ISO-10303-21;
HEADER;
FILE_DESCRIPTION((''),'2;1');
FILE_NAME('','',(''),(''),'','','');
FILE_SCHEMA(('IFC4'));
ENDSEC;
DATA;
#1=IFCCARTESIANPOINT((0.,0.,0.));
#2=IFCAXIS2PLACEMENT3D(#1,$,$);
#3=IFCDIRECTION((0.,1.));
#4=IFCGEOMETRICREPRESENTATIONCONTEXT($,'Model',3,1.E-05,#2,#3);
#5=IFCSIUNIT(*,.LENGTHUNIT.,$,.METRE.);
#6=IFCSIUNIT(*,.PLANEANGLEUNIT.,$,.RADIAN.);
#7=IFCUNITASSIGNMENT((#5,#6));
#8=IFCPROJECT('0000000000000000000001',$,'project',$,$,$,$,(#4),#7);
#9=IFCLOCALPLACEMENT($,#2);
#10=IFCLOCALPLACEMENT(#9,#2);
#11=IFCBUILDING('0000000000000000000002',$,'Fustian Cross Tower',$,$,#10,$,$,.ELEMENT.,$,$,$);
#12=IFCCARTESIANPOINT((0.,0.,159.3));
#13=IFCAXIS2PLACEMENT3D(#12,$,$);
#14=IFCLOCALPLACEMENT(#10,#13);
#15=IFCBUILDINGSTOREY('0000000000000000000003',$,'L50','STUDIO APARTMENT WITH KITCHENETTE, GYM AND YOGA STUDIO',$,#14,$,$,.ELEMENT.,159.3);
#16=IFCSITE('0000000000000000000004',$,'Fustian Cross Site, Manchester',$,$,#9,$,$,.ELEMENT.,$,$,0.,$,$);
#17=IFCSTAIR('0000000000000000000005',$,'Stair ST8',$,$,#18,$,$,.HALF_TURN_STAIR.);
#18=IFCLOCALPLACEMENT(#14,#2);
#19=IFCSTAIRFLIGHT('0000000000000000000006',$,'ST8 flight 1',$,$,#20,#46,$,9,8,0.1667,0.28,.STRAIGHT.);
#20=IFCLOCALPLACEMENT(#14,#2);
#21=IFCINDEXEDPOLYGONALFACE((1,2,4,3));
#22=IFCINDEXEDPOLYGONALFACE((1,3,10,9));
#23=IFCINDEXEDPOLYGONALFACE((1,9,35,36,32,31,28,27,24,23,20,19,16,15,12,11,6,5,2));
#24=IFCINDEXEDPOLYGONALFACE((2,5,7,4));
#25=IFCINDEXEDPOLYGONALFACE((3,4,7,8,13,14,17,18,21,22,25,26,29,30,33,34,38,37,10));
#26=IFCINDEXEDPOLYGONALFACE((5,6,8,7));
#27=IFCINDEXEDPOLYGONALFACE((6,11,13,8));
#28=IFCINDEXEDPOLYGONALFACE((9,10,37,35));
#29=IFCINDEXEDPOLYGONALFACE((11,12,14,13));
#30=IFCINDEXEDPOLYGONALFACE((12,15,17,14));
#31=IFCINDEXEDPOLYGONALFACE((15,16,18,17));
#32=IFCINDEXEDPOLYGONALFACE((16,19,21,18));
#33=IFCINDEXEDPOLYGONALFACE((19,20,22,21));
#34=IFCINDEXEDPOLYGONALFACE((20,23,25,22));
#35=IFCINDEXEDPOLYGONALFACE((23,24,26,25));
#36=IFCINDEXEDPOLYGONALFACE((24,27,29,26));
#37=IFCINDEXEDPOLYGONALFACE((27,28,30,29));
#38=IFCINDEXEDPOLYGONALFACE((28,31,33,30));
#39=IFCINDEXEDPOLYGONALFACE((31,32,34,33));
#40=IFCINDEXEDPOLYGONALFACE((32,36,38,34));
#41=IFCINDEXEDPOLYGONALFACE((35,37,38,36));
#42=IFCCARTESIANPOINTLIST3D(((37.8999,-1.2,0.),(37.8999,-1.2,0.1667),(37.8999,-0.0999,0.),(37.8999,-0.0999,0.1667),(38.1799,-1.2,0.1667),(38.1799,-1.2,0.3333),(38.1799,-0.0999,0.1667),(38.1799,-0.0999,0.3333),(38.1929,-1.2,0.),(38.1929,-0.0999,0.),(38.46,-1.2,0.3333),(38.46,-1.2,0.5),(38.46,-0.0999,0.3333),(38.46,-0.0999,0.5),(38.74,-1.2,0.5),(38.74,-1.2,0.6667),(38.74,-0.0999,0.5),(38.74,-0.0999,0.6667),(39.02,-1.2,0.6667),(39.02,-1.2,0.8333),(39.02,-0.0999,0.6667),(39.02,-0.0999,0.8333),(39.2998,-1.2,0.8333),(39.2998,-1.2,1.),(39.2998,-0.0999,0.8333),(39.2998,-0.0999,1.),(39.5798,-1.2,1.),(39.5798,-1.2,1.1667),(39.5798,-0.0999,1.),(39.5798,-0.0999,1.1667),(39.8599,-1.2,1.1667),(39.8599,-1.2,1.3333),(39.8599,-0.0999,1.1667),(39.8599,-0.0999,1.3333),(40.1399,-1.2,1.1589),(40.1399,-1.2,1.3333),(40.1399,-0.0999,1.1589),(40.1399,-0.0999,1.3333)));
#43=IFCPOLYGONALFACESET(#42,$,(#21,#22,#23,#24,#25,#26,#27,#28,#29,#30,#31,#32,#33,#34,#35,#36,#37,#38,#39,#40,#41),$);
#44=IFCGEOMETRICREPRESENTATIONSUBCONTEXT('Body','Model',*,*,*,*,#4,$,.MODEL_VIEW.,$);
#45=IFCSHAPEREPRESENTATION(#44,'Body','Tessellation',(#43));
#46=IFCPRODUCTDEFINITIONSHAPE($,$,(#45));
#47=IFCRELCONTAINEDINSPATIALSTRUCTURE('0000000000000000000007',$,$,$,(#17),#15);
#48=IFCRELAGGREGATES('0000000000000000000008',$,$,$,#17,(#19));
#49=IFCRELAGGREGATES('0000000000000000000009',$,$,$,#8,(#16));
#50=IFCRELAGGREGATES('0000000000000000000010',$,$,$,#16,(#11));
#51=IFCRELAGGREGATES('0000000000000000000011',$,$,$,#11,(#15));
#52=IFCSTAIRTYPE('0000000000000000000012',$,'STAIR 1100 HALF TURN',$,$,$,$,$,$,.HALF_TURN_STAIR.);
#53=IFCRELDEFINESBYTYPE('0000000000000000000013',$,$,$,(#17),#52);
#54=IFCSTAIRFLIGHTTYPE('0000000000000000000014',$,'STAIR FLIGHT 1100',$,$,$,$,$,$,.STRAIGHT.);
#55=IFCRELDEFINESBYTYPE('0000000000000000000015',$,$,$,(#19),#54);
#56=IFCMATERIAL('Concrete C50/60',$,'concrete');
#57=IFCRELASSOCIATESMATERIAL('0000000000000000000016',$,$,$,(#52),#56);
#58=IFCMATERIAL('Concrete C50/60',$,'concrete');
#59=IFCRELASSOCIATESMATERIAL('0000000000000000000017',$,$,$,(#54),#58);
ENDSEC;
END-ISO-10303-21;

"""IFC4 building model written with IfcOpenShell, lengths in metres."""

from ifc_helpers import new_model, si_unit, direction, frame, origin, place, context, subcontext, project, spatial, polyline, outline, extrude, material, type_object, element, aggregate, save


model = new_model("IFC4")

# Units and contexts
model_context = context("Model", 3, precision=1e-05, world=origin(), true_north=direction((0.0, 1.0)))
body_context = subcontext(model_context, "Body", "Model", "MODEL_VIEW")
ifc_project = project(units=[si_unit("LENGTHUNIT", "METRE"), si_unit("PLANEANGLEUNIT", "RADIAN")], contexts=[model_context])

# Site, building, storey
site_placement = place(None, origin())
site = spatial("IfcSite", under=ifc_project, at=site_placement, Name="Fustian Cross Site, Manchester", CompositionType="ELEMENT", RefElevation=0.0)
building_placement = place(site_placement, origin())
building = spatial("IfcBuilding", under=site, at=building_placement, Name="Fustian Cross Tower", CompositionType="ELEMENT")
storey_placement = place(building_placement, frame((0.0, 0.0, 159.3)))
storey = spatial("IfcBuildingStorey", under=building, at=storey_placement, Name="L50", Description="STUDIO APARTMENT WITH KITCHENETTE, GYM AND YOGA STUDIO", CompositionType="ELEMENT", Elevation=159.3)

# Stair, stair flight
ifc_material_1 = material(Name="Concrete C50/60", Category="concrete")
stair_type = type_object("IfcStairType", Name="STAIR 1100 HALF TURN", PredefinedType="HALF_TURN_STAIR", material=ifc_material_1)
stair_placement = place(storey_placement, origin())
stair = element("IfcStair", 1, at=stair_placement, inside=storey, type_object=stair_type, Name="Stair ST8", PredefinedType="HALF_TURN_STAIR")
ifc_material_2 = material(Name="Concrete C50/60", Category="concrete")
stair_flight_type = type_object("IfcStairFlightType", Name="STAIR FLIGHT 1100", PredefinedType="STRAIGHT", material=ifc_material_2)
stair_flight_placement = place(storey_placement, frame((37.8999, -0.6499, 0.0), z_axis=(0.0, 0.0, 1.0), x_axis=(1.0, 0.0, 0.0)))
stair_flight = element("IfcStairFlight", 2, at=stair_flight_placement, type_object=stair_flight_type, Name="ST8 flight 1", NumberOfRisers=9, NumberOfTreads=8, PredefinedType="STRAIGHT", RiserHeight=0.1667, TreadLength=0.28, context=body_context, shape_type="SweptSolid", body=[
    extrude(outline(polyline([(0.0, 0.0), (0.0, 0.1667), (0.28, 0.1667), (0.28, 0.3333), (0.5601, 0.3333), (0.5601, 0.5), (0.8401, 0.5), (0.8401, 0.6667), (1.1201, 0.6667), (1.1201, 0.8333), (1.3999, 0.8333), (1.3999, 1.0), (1.6799, 1.0), (1.6799, 1.1667), (1.96, 1.1667), (1.96, 1.3333), (2.24, 1.3333), (2.24, 1.5), (2.24, 1.1589), (0.293, 0.0), (0.0, 0.0)])), frame((0.0, 0.55, 0.0), z_axis=(0.0, -1.0, 0.0), x_axis=(1.0, 0.0, 0.0)), (0.0, 0.0, 1.0), 1.1001),
])
aggregate(stair, [stair_flight])

save(model, "model.ifc")
